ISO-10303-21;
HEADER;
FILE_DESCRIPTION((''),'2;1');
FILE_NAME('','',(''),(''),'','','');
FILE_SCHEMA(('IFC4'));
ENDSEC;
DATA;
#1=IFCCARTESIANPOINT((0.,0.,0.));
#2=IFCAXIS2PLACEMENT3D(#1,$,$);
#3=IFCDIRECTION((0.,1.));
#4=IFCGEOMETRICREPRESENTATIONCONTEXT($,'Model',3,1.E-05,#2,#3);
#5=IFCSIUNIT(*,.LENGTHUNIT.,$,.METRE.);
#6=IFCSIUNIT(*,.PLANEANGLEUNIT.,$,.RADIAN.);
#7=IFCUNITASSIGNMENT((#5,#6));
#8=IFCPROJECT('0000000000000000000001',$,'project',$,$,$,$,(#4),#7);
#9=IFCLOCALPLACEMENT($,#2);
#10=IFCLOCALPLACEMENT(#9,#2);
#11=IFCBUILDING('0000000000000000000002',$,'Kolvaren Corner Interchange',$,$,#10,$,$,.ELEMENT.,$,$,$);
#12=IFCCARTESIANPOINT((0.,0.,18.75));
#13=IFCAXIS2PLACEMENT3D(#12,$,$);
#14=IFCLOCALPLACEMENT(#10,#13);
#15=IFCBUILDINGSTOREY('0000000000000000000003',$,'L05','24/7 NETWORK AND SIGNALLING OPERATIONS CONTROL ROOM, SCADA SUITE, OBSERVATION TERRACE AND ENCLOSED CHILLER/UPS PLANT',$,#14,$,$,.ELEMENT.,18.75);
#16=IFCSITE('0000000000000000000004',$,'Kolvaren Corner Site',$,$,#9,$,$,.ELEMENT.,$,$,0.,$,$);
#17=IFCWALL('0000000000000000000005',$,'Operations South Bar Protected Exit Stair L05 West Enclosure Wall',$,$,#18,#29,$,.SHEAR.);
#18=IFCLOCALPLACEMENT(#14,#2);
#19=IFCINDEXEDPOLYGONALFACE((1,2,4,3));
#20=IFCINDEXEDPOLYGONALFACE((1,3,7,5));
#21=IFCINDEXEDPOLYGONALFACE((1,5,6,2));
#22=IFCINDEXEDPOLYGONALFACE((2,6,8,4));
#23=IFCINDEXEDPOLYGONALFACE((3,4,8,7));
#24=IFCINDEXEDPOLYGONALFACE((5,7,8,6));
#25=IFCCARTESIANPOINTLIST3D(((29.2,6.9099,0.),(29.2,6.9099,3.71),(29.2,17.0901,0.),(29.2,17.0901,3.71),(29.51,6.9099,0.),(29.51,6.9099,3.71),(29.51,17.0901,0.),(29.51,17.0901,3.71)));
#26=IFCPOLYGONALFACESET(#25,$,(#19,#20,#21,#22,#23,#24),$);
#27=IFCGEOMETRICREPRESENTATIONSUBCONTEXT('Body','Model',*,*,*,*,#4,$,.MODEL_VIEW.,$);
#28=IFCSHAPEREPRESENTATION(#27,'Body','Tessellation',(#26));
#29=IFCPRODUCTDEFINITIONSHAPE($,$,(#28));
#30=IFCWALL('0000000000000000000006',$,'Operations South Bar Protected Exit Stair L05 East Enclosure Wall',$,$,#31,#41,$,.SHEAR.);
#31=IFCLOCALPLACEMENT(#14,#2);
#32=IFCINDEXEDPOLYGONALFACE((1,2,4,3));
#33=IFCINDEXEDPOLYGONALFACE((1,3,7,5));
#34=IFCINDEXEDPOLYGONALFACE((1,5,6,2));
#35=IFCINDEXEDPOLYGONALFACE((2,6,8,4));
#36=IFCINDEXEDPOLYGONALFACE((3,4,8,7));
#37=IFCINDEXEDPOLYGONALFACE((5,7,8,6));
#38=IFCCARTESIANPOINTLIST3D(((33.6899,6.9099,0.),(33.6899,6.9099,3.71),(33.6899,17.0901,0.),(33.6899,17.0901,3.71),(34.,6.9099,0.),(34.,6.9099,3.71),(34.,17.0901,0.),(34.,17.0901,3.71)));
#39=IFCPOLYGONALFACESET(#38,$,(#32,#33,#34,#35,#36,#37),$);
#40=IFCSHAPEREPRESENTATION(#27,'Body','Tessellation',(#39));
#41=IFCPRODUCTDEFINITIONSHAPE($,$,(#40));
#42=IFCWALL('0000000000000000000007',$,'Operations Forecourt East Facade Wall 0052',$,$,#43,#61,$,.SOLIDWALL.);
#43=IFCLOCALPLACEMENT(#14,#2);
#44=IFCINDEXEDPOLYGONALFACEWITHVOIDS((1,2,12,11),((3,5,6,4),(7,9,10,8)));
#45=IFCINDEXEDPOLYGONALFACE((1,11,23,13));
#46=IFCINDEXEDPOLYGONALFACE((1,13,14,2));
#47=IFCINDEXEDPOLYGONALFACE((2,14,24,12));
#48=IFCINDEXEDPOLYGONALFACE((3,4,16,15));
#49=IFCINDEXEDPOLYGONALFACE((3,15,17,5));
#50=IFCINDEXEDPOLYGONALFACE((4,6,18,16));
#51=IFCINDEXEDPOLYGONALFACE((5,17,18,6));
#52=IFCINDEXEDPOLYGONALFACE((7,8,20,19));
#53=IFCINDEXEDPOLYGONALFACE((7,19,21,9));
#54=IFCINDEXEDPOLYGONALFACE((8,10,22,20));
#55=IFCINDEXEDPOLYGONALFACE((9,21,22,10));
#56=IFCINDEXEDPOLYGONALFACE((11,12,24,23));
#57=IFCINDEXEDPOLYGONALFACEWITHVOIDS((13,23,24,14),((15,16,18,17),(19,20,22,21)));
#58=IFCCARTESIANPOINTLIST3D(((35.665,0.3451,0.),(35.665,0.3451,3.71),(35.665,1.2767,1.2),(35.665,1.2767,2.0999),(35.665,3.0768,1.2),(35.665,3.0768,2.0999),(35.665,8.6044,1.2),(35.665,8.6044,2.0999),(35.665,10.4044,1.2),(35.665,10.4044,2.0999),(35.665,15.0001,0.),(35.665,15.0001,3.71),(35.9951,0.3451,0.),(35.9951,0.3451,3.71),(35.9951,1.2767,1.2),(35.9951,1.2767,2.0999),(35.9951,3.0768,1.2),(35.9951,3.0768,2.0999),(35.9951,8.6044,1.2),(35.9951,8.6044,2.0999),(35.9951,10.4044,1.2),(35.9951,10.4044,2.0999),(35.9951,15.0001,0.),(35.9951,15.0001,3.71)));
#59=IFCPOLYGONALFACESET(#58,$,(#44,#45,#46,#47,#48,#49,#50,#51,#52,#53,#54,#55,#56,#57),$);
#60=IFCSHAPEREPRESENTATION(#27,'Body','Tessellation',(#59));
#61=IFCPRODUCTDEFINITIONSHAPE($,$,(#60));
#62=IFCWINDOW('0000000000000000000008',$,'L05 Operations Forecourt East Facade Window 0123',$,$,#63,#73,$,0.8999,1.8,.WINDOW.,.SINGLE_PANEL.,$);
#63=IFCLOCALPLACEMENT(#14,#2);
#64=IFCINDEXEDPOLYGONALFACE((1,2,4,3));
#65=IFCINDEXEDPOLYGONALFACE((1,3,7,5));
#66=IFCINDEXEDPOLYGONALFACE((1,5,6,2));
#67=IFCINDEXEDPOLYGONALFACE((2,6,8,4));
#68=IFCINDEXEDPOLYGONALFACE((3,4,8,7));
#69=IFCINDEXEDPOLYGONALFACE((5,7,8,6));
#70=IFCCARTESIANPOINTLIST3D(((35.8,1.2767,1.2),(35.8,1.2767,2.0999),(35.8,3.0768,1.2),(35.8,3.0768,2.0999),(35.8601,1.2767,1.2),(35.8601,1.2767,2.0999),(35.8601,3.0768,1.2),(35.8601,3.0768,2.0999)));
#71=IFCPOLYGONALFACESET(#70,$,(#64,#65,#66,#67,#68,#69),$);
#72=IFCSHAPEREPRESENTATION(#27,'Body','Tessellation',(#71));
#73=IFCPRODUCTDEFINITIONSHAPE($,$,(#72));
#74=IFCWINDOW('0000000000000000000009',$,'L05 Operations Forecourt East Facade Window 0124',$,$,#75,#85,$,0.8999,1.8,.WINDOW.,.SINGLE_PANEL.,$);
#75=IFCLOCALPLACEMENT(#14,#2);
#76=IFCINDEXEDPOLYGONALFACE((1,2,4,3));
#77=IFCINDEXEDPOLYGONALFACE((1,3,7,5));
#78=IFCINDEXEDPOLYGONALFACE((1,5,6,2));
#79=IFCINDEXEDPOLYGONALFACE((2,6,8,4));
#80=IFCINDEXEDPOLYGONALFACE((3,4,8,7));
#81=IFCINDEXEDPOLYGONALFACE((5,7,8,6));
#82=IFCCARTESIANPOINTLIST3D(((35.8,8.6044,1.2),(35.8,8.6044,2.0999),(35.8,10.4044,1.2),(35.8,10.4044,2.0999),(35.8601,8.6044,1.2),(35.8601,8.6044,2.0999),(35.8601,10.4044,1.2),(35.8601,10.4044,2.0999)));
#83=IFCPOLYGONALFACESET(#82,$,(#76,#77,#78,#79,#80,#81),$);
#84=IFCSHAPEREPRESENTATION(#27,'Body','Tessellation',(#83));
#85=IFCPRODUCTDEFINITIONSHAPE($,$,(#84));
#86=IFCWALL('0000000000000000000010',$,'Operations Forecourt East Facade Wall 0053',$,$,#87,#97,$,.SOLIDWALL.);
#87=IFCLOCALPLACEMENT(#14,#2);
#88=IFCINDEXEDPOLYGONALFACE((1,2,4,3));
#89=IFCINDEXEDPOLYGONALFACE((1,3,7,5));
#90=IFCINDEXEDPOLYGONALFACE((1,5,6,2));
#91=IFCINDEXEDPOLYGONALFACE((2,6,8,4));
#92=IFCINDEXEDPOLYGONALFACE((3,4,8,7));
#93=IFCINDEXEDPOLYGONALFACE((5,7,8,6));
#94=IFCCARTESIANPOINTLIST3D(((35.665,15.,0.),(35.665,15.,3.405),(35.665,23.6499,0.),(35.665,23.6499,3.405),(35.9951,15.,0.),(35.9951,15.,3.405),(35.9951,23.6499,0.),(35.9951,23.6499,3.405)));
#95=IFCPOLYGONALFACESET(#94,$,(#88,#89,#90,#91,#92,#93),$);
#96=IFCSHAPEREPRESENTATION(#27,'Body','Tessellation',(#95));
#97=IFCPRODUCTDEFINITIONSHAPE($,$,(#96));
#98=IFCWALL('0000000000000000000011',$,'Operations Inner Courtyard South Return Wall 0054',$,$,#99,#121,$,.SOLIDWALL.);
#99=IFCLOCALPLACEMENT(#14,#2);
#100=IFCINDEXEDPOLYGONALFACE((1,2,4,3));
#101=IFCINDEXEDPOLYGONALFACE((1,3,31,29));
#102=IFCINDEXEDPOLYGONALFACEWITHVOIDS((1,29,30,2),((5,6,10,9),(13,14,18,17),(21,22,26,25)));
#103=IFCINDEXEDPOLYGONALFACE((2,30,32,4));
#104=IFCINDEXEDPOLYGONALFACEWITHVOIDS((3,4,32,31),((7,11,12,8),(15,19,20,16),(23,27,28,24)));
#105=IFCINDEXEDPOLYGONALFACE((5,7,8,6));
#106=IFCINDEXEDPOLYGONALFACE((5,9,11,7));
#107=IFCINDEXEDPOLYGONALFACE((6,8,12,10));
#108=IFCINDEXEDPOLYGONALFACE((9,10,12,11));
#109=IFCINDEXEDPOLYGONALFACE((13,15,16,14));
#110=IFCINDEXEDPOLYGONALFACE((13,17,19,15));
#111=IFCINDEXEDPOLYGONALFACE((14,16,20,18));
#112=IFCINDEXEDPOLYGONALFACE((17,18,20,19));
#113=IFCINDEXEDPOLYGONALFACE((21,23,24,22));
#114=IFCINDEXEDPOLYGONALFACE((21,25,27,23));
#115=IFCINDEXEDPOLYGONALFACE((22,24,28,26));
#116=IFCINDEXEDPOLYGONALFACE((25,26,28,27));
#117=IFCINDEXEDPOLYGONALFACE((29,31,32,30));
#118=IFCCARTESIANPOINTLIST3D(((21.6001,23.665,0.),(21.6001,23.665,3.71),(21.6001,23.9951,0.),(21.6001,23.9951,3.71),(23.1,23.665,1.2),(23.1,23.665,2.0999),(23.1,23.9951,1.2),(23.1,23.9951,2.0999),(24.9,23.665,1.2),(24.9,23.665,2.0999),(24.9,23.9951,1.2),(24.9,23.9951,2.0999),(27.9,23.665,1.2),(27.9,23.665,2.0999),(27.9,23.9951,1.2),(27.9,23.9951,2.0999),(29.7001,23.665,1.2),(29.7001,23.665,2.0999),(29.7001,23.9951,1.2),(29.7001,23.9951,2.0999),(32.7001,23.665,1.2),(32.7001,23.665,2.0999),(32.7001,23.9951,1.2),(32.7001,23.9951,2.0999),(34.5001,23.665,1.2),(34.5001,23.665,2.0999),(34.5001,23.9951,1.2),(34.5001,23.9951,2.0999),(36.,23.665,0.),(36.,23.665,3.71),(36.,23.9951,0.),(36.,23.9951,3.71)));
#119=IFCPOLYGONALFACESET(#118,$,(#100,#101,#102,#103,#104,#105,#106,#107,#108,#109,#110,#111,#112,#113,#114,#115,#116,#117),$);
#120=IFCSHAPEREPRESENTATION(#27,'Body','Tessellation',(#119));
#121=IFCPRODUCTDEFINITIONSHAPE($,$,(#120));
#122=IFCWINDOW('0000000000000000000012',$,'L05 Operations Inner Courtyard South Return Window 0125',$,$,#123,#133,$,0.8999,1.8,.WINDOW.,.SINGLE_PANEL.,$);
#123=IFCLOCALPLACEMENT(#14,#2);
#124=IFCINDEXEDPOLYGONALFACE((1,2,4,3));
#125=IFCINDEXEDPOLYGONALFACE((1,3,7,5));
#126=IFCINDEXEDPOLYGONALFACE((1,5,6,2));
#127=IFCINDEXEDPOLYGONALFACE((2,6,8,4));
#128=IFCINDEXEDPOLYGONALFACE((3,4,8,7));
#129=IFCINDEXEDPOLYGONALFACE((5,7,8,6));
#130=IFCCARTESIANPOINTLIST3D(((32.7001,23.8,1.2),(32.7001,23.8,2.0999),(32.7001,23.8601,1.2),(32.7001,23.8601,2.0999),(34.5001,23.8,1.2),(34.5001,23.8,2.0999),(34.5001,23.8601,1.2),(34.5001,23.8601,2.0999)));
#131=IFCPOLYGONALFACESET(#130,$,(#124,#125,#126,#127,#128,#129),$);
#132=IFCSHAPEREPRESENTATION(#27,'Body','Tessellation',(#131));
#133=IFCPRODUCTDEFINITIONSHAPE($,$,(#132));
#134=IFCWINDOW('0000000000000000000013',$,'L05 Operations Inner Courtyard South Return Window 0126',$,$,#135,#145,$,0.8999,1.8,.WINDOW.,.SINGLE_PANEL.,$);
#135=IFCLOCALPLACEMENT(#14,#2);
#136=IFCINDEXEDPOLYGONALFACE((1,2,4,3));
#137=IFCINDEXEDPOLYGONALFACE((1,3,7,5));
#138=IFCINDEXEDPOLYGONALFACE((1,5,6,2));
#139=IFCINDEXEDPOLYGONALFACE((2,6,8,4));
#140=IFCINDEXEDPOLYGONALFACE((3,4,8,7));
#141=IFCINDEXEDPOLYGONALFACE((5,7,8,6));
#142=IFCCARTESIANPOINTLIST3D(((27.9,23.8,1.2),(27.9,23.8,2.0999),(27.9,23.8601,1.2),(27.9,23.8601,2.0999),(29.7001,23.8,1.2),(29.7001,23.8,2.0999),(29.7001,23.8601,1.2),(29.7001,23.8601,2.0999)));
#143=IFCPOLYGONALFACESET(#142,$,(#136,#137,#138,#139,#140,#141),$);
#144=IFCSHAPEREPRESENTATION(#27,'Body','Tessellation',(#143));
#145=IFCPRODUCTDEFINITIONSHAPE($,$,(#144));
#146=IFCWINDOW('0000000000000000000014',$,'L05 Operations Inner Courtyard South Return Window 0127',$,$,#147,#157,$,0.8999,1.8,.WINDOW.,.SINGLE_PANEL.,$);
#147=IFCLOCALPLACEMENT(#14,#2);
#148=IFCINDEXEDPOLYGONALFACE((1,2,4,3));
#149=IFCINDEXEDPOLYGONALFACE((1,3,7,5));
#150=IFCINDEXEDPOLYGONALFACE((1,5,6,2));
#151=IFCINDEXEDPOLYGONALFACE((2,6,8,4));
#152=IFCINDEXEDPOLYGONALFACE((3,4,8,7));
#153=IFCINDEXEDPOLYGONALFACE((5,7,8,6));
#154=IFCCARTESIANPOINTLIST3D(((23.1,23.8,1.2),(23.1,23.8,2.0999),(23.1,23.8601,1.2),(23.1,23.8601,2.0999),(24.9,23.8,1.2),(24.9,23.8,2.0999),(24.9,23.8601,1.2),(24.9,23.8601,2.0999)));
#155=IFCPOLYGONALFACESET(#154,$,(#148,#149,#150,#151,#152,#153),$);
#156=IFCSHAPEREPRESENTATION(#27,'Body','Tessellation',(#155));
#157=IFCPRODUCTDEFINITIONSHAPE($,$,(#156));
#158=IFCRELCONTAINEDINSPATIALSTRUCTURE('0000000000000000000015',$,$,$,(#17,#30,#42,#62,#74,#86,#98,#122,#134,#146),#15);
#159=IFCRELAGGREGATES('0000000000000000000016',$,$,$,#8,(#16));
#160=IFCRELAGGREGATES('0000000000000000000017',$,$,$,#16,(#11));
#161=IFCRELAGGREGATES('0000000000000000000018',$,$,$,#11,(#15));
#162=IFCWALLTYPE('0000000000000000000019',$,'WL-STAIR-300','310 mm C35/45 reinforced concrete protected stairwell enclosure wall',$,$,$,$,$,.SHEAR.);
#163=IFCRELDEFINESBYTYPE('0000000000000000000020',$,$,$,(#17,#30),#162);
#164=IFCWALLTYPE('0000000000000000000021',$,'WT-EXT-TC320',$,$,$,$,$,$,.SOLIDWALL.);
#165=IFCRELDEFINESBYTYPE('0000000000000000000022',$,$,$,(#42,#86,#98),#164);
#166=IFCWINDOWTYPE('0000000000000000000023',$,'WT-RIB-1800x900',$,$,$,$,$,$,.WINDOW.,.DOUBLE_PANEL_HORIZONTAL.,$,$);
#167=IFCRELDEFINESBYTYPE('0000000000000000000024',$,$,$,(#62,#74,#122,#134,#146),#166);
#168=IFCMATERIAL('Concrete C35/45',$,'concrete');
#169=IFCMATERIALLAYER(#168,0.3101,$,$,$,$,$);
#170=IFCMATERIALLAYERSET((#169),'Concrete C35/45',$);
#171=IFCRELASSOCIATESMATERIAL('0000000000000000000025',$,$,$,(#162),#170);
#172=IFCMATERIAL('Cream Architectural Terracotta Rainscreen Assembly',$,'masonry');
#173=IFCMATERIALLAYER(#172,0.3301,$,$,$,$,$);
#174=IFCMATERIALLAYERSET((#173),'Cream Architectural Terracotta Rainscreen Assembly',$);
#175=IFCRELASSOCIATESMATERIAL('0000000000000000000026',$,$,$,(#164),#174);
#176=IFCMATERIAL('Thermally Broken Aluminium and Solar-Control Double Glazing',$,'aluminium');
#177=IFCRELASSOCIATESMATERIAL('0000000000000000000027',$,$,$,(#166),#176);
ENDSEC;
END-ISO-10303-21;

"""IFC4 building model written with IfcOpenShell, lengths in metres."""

from ifc_helpers import new_model, si_unit, direction, frame, frame_2d, origin, place, context, subcontext, project, spatial, rectangle, extrude, material, layer, layer_set, type_object, element, fill, save


model = new_model("IFC4")

# Units and contexts
model_context = context("Model", 3, precision=1e-05, world=origin(), true_north=direction((0.0, 1.0)))
body_context = subcontext(model_context, "Body", "Model", "MODEL_VIEW")
ifc_project = project(units=[si_unit("LENGTHUNIT", "METRE"), si_unit("PLANEANGLEUNIT", "RADIAN")], contexts=[model_context])

# Site, building, storey
site_placement = place(None, origin())
site = spatial("IfcSite", under=ifc_project, at=site_placement, Name="Kolvaren Corner Site", CompositionType="ELEMENT", RefElevation=0.0)
building_placement = place(site_placement, origin())
building = spatial("IfcBuilding", under=site, at=building_placement, Name="Kolvaren Corner Interchange", CompositionType="ELEMENT")
storey_placement = place(building_placement, frame((0.0, 0.0, 18.75)))
storey = spatial("IfcBuildingStorey", under=building, at=storey_placement, Name="L05", Description="24/7 NETWORK AND SIGNALLING OPERATIONS CONTROL ROOM, SCADA SUITE, OBSERVATION TERRACE AND ENCLOSED CHILLER/UPS PLANT", CompositionType="ELEMENT", Elevation=18.75)

# Shared definitions
ifc_material_1 = material(Name="Concrete C35/45", Category="concrete")
ifc_layer_1 = layer(ifc_material_1, 0.3101)
ifc_layer_set_1 = layer_set([ifc_layer_1], Name="Concrete C35/45")
wall_type_1 = type_object("IfcWallType", Name="WL-STAIR-300", Description="310 mm C35/45 reinforced concrete protected stairwell enclosure wall", PredefinedType="SHEAR", material=ifc_layer_set_1)

# Walls
for number, where, z_axis, x_axis, name in (
    (1, (29.355, 6.9099, 0.0), (0.0, 0.0, 1.0), (0.0, 1.0, 0.0), "Operations South Bar Protected Exit Stair L05 West Enclosure Wall"),
    (2, (33.845, 6.9099, 0.0), (0.0, 0.0, 1.0), (0.0, 1.0, 0.0), "Operations South Bar Protected Exit Stair L05 East Enclosure Wall"),
):
    element("IfcWall", number, at=place(storey_placement, frame(where, z_axis=z_axis, x_axis=x_axis)), inside=storey, type_object=wall_type_1, Name=name, PredefinedType="SHEAR", context=body_context, shape_type="SweptSolid", body=[
        extrude(rectangle(XDim=10.1802, YDim=0.3101, at=frame_2d((5.0901, 0.0))), origin(), (0.0, 0.0, 1.0), 3.71),
    ])

# Wall, openings, windows
ifc_material_2 = material(Name="Cream Architectural Terracotta Rainscreen Assembly", Category="masonry")
ifc_layer_2 = layer(ifc_material_2, 0.3301)
ifc_layer_set_2 = layer_set([ifc_layer_2], Name="Cream Architectural Terracotta Rainscreen Assembly")
wall_type_2 = type_object("IfcWallType", Name="WT-EXT-TC320", PredefinedType="SOLIDWALL", material=ifc_layer_set_2)
wall_1_placement = place(storey_placement, frame((35.8301, 0.345, 0.0), z_axis=(0.0, 0.0, 1.0), x_axis=(0.0, 1.0, 0.0)))
wall_1 = element("IfcWall", 3, at=wall_1_placement, inside=storey, type_object=wall_type_2, Name="Operations Forecourt East Facade Wall 0052", PredefinedType="SOLIDWALL", context=body_context, shape_type="SweptSolid", body=[
    extrude(rectangle(XDim=14.655, YDim=0.3301, at=frame_2d((7.3276, 0.0))), origin(), (0.0, 0.0, 1.0), 3.71),
])
opening_1_placement = place(wall_1_placement, frame((0.9319, 0.0, 1.2)))
opening_1 = element("IfcOpeningElement", 4, at=opening_1_placement, cuts=wall_1, PredefinedType="OPENING", context=body_context, shape_type="SweptSolid", body=[
    extrude(rectangle(XDim=1.8, YDim=0.8999, at=frame_2d((0.8999, 0.45))), frame((0.0, 0.175, 0.0), z_axis=(0.0, -1.0, 0.0), x_axis=(1.0, 0.0, 0.0)), (0.0, 0.0, 1.0), 0.3501),
])
opening_2_placement = place(wall_1_placement, frame((8.2595, 0.0, 1.2)))
opening_2 = element("IfcOpeningElement", 5, at=opening_2_placement, cuts=wall_1, PredefinedType="OPENING", context=body_context, shape_type="SweptSolid", body=[
    extrude(rectangle(XDim=1.8, YDim=0.8999, at=frame_2d((0.8999, 0.45))), frame((0.0, 0.175, 0.0), z_axis=(0.0, -1.0, 0.0), x_axis=(1.0, 0.0, 0.0)), (0.0, 0.0, 1.0), 0.3501),
])
ifc_material_3 = material(Name="Thermally Broken Aluminium and Solar-Control Double Glazing", Category="aluminium")
window_type = type_object("IfcWindowType", Name="WT-RIB-1800x900", PartitioningType="DOUBLE_PANEL_HORIZONTAL", PredefinedType="WINDOW", material=ifc_material_3)
window_1_placement = place(opening_1_placement, origin())
window_1 = element("IfcWindow", 6, at=window_1_placement, inside=storey, type_object=window_type, Name="L05 Operations Forecourt East Facade Window 0123", OverallHeight=0.8999, OverallWidth=1.8, PartitioningType="SINGLE_PANEL", PredefinedType="WINDOW", context=body_context, shape_type="SweptSolid", body=[
    extrude(rectangle(XDim=1.8, YDim=0.8999, at=frame_2d((0.8999, 0.45))), frame((0.0, 0.03, 0.0), z_axis=(0.0, -1.0, 0.0), x_axis=(1.0, 0.0, 0.0)), (0.0, 0.0, 1.0), 0.0601),
])
fill(opening_1, window_1)
window_2_placement = place(opening_2_placement, origin())
window_2 = element("IfcWindow", 7, at=window_2_placement, inside=storey, type_object=window_type, Name="L05 Operations Forecourt East Facade Window 0124", OverallHeight=0.8999, OverallWidth=1.8, PartitioningType="SINGLE_PANEL", PredefinedType="WINDOW", context=body_context, shape_type="SweptSolid", body=[
    extrude(rectangle(XDim=1.8, YDim=0.8999, at=frame_2d((0.8999, 0.45))), frame((0.0, 0.03, 0.0), z_axis=(0.0, -1.0, 0.0), x_axis=(1.0, 0.0, 0.0)), (0.0, 0.0, 1.0), 0.0601),
])
fill(opening_2, window_2)

# Wall
wall_2_placement = place(storey_placement, frame((35.8301, 15.0, 0.0), z_axis=(0.0, 0.0, 1.0), x_axis=(0.0, 1.0, 0.0)))
element("IfcWall", 8, at=wall_2_placement, inside=storey, type_object=wall_type_2, Name="Operations Forecourt East Facade Wall 0053", PredefinedType="SOLIDWALL", context=body_context, shape_type="SweptSolid", body=[
    extrude(rectangle(XDim=8.6499, YDim=0.3301, at=frame_2d((4.325, 0.0))), origin(), (0.0, 0.0, 1.0), 3.405),
])

# Wall, openings, windows
wall_3_placement = place(storey_placement, frame((36.0, 23.8301, 0.0), z_axis=(0.0, 0.0, 1.0), x_axis=(-1.0, 0.0, 0.0)))
wall_3 = element("IfcWall", 9, at=wall_3_placement, inside=storey, type_object=wall_type_2, Name="Operations Inner Courtyard South Return Wall 0054", PredefinedType="SOLIDWALL", context=body_context, shape_type="SweptSolid", body=[
    extrude(rectangle(XDim=14.3999, YDim=0.3301, at=frame_2d((7.2, 0.0))), origin(), (0.0, 0.0, 1.0), 3.71),
])
opening_3_placement = place(wall_3_placement, frame((1.5, 0.0, 1.2)))
opening_3 = element("IfcOpeningElement", 10, at=opening_3_placement, cuts=wall_3, PredefinedType="OPENING", context=body_context, shape_type="SweptSolid", body=[
    extrude(rectangle(XDim=1.8, YDim=0.8999, at=frame_2d((0.8999, 0.45))), frame((0.0, 0.175, 0.0), z_axis=(0.0, -1.0, 0.0), x_axis=(1.0, 0.0, 0.0)), (0.0, 0.0, 1.0), 0.3501),
])
opening_4_placement = place(wall_3_placement, frame((6.3, 0.0, 1.2)))
opening_4 = element("IfcOpeningElement", 11, at=opening_4_placement, cuts=wall_3, PredefinedType="OPENING", context=body_context, shape_type="SweptSolid", body=[
    extrude(rectangle(XDim=1.8, YDim=0.8999, at=frame_2d((0.8999, 0.45))), frame((0.0, 0.175, 0.0), z_axis=(0.0, -1.0, 0.0), x_axis=(1.0, 0.0, 0.0)), (0.0, 0.0, 1.0), 0.3501),
])
opening_5_placement = place(wall_3_placement, frame((11.1001, 0.0, 1.2)))
opening_5 = element("IfcOpeningElement", 12, at=opening_5_placement, cuts=wall_3, PredefinedType="OPENING", context=body_context, shape_type="SweptSolid", body=[
    extrude(rectangle(XDim=1.8, YDim=0.8999, at=frame_2d((0.8999, 0.45))), frame((0.0, 0.175, 0.0), z_axis=(0.0, -1.0, 0.0), x_axis=(1.0, 0.0, 0.0)), (0.0, 0.0, 1.0), 0.3501),
])
window_3_placement = place(opening_3_placement, origin())
window_3 = element("IfcWindow", 13, at=window_3_placement, inside=storey, type_object=window_type, Name="L05 Operations Inner Courtyard South Return Window 0125", OverallHeight=0.8999, OverallWidth=1.8, PartitioningType="SINGLE_PANEL", PredefinedType="WINDOW", context=body_context, shape_type="SweptSolid", body=[
    extrude(rectangle(XDim=1.8, YDim=0.8999, at=frame_2d((0.8999, 0.45))), frame((0.0, 0.03, 0.0), z_axis=(0.0, -1.0, 0.0), x_axis=(1.0, 0.0, 0.0)), (0.0, 0.0, 1.0), 0.0601),
])
fill(opening_3, window_3)
window_4_placement = place(opening_4_placement, origin())
window_4 = element("IfcWindow", 14, at=window_4_placement, inside=storey, type_object=window_type, Name="L05 Operations Inner Courtyard South Return Window 0126", OverallHeight=0.8999, OverallWidth=1.8, PartitioningType="SINGLE_PANEL", PredefinedType="WINDOW", context=body_context, shape_type="SweptSolid", body=[
    extrude(rectangle(XDim=1.8, YDim=0.8999, at=frame_2d((0.8999, 0.45))), frame((0.0, 0.03, 0.0), z_axis=(0.0, -1.0, 0.0), x_axis=(1.0, 0.0, 0.0)), (0.0, 0.0, 1.0), 0.0601),
])
fill(opening_4, window_4)
window_5_placement = place(opening_5_placement, origin())
window_5 = element("IfcWindow", 15, at=window_5_placement, inside=storey, type_object=window_type, Name="L05 Operations Inner Courtyard South Return Window 0127", OverallHeight=0.8999, OverallWidth=1.8, PartitioningType="SINGLE_PANEL", PredefinedType="WINDOW", context=body_context, shape_type="SweptSolid", body=[
    extrude(rectangle(XDim=1.8, YDim=0.8999, at=frame_2d((0.8999, 0.45))), frame((0.0, 0.03, 0.0), z_axis=(0.0, -1.0, 0.0), x_axis=(1.0, 0.0, 0.0)), (0.0, 0.0, 1.0), 0.0601),
])
fill(opening_5, window_5)

save(model, "model.ifc")
